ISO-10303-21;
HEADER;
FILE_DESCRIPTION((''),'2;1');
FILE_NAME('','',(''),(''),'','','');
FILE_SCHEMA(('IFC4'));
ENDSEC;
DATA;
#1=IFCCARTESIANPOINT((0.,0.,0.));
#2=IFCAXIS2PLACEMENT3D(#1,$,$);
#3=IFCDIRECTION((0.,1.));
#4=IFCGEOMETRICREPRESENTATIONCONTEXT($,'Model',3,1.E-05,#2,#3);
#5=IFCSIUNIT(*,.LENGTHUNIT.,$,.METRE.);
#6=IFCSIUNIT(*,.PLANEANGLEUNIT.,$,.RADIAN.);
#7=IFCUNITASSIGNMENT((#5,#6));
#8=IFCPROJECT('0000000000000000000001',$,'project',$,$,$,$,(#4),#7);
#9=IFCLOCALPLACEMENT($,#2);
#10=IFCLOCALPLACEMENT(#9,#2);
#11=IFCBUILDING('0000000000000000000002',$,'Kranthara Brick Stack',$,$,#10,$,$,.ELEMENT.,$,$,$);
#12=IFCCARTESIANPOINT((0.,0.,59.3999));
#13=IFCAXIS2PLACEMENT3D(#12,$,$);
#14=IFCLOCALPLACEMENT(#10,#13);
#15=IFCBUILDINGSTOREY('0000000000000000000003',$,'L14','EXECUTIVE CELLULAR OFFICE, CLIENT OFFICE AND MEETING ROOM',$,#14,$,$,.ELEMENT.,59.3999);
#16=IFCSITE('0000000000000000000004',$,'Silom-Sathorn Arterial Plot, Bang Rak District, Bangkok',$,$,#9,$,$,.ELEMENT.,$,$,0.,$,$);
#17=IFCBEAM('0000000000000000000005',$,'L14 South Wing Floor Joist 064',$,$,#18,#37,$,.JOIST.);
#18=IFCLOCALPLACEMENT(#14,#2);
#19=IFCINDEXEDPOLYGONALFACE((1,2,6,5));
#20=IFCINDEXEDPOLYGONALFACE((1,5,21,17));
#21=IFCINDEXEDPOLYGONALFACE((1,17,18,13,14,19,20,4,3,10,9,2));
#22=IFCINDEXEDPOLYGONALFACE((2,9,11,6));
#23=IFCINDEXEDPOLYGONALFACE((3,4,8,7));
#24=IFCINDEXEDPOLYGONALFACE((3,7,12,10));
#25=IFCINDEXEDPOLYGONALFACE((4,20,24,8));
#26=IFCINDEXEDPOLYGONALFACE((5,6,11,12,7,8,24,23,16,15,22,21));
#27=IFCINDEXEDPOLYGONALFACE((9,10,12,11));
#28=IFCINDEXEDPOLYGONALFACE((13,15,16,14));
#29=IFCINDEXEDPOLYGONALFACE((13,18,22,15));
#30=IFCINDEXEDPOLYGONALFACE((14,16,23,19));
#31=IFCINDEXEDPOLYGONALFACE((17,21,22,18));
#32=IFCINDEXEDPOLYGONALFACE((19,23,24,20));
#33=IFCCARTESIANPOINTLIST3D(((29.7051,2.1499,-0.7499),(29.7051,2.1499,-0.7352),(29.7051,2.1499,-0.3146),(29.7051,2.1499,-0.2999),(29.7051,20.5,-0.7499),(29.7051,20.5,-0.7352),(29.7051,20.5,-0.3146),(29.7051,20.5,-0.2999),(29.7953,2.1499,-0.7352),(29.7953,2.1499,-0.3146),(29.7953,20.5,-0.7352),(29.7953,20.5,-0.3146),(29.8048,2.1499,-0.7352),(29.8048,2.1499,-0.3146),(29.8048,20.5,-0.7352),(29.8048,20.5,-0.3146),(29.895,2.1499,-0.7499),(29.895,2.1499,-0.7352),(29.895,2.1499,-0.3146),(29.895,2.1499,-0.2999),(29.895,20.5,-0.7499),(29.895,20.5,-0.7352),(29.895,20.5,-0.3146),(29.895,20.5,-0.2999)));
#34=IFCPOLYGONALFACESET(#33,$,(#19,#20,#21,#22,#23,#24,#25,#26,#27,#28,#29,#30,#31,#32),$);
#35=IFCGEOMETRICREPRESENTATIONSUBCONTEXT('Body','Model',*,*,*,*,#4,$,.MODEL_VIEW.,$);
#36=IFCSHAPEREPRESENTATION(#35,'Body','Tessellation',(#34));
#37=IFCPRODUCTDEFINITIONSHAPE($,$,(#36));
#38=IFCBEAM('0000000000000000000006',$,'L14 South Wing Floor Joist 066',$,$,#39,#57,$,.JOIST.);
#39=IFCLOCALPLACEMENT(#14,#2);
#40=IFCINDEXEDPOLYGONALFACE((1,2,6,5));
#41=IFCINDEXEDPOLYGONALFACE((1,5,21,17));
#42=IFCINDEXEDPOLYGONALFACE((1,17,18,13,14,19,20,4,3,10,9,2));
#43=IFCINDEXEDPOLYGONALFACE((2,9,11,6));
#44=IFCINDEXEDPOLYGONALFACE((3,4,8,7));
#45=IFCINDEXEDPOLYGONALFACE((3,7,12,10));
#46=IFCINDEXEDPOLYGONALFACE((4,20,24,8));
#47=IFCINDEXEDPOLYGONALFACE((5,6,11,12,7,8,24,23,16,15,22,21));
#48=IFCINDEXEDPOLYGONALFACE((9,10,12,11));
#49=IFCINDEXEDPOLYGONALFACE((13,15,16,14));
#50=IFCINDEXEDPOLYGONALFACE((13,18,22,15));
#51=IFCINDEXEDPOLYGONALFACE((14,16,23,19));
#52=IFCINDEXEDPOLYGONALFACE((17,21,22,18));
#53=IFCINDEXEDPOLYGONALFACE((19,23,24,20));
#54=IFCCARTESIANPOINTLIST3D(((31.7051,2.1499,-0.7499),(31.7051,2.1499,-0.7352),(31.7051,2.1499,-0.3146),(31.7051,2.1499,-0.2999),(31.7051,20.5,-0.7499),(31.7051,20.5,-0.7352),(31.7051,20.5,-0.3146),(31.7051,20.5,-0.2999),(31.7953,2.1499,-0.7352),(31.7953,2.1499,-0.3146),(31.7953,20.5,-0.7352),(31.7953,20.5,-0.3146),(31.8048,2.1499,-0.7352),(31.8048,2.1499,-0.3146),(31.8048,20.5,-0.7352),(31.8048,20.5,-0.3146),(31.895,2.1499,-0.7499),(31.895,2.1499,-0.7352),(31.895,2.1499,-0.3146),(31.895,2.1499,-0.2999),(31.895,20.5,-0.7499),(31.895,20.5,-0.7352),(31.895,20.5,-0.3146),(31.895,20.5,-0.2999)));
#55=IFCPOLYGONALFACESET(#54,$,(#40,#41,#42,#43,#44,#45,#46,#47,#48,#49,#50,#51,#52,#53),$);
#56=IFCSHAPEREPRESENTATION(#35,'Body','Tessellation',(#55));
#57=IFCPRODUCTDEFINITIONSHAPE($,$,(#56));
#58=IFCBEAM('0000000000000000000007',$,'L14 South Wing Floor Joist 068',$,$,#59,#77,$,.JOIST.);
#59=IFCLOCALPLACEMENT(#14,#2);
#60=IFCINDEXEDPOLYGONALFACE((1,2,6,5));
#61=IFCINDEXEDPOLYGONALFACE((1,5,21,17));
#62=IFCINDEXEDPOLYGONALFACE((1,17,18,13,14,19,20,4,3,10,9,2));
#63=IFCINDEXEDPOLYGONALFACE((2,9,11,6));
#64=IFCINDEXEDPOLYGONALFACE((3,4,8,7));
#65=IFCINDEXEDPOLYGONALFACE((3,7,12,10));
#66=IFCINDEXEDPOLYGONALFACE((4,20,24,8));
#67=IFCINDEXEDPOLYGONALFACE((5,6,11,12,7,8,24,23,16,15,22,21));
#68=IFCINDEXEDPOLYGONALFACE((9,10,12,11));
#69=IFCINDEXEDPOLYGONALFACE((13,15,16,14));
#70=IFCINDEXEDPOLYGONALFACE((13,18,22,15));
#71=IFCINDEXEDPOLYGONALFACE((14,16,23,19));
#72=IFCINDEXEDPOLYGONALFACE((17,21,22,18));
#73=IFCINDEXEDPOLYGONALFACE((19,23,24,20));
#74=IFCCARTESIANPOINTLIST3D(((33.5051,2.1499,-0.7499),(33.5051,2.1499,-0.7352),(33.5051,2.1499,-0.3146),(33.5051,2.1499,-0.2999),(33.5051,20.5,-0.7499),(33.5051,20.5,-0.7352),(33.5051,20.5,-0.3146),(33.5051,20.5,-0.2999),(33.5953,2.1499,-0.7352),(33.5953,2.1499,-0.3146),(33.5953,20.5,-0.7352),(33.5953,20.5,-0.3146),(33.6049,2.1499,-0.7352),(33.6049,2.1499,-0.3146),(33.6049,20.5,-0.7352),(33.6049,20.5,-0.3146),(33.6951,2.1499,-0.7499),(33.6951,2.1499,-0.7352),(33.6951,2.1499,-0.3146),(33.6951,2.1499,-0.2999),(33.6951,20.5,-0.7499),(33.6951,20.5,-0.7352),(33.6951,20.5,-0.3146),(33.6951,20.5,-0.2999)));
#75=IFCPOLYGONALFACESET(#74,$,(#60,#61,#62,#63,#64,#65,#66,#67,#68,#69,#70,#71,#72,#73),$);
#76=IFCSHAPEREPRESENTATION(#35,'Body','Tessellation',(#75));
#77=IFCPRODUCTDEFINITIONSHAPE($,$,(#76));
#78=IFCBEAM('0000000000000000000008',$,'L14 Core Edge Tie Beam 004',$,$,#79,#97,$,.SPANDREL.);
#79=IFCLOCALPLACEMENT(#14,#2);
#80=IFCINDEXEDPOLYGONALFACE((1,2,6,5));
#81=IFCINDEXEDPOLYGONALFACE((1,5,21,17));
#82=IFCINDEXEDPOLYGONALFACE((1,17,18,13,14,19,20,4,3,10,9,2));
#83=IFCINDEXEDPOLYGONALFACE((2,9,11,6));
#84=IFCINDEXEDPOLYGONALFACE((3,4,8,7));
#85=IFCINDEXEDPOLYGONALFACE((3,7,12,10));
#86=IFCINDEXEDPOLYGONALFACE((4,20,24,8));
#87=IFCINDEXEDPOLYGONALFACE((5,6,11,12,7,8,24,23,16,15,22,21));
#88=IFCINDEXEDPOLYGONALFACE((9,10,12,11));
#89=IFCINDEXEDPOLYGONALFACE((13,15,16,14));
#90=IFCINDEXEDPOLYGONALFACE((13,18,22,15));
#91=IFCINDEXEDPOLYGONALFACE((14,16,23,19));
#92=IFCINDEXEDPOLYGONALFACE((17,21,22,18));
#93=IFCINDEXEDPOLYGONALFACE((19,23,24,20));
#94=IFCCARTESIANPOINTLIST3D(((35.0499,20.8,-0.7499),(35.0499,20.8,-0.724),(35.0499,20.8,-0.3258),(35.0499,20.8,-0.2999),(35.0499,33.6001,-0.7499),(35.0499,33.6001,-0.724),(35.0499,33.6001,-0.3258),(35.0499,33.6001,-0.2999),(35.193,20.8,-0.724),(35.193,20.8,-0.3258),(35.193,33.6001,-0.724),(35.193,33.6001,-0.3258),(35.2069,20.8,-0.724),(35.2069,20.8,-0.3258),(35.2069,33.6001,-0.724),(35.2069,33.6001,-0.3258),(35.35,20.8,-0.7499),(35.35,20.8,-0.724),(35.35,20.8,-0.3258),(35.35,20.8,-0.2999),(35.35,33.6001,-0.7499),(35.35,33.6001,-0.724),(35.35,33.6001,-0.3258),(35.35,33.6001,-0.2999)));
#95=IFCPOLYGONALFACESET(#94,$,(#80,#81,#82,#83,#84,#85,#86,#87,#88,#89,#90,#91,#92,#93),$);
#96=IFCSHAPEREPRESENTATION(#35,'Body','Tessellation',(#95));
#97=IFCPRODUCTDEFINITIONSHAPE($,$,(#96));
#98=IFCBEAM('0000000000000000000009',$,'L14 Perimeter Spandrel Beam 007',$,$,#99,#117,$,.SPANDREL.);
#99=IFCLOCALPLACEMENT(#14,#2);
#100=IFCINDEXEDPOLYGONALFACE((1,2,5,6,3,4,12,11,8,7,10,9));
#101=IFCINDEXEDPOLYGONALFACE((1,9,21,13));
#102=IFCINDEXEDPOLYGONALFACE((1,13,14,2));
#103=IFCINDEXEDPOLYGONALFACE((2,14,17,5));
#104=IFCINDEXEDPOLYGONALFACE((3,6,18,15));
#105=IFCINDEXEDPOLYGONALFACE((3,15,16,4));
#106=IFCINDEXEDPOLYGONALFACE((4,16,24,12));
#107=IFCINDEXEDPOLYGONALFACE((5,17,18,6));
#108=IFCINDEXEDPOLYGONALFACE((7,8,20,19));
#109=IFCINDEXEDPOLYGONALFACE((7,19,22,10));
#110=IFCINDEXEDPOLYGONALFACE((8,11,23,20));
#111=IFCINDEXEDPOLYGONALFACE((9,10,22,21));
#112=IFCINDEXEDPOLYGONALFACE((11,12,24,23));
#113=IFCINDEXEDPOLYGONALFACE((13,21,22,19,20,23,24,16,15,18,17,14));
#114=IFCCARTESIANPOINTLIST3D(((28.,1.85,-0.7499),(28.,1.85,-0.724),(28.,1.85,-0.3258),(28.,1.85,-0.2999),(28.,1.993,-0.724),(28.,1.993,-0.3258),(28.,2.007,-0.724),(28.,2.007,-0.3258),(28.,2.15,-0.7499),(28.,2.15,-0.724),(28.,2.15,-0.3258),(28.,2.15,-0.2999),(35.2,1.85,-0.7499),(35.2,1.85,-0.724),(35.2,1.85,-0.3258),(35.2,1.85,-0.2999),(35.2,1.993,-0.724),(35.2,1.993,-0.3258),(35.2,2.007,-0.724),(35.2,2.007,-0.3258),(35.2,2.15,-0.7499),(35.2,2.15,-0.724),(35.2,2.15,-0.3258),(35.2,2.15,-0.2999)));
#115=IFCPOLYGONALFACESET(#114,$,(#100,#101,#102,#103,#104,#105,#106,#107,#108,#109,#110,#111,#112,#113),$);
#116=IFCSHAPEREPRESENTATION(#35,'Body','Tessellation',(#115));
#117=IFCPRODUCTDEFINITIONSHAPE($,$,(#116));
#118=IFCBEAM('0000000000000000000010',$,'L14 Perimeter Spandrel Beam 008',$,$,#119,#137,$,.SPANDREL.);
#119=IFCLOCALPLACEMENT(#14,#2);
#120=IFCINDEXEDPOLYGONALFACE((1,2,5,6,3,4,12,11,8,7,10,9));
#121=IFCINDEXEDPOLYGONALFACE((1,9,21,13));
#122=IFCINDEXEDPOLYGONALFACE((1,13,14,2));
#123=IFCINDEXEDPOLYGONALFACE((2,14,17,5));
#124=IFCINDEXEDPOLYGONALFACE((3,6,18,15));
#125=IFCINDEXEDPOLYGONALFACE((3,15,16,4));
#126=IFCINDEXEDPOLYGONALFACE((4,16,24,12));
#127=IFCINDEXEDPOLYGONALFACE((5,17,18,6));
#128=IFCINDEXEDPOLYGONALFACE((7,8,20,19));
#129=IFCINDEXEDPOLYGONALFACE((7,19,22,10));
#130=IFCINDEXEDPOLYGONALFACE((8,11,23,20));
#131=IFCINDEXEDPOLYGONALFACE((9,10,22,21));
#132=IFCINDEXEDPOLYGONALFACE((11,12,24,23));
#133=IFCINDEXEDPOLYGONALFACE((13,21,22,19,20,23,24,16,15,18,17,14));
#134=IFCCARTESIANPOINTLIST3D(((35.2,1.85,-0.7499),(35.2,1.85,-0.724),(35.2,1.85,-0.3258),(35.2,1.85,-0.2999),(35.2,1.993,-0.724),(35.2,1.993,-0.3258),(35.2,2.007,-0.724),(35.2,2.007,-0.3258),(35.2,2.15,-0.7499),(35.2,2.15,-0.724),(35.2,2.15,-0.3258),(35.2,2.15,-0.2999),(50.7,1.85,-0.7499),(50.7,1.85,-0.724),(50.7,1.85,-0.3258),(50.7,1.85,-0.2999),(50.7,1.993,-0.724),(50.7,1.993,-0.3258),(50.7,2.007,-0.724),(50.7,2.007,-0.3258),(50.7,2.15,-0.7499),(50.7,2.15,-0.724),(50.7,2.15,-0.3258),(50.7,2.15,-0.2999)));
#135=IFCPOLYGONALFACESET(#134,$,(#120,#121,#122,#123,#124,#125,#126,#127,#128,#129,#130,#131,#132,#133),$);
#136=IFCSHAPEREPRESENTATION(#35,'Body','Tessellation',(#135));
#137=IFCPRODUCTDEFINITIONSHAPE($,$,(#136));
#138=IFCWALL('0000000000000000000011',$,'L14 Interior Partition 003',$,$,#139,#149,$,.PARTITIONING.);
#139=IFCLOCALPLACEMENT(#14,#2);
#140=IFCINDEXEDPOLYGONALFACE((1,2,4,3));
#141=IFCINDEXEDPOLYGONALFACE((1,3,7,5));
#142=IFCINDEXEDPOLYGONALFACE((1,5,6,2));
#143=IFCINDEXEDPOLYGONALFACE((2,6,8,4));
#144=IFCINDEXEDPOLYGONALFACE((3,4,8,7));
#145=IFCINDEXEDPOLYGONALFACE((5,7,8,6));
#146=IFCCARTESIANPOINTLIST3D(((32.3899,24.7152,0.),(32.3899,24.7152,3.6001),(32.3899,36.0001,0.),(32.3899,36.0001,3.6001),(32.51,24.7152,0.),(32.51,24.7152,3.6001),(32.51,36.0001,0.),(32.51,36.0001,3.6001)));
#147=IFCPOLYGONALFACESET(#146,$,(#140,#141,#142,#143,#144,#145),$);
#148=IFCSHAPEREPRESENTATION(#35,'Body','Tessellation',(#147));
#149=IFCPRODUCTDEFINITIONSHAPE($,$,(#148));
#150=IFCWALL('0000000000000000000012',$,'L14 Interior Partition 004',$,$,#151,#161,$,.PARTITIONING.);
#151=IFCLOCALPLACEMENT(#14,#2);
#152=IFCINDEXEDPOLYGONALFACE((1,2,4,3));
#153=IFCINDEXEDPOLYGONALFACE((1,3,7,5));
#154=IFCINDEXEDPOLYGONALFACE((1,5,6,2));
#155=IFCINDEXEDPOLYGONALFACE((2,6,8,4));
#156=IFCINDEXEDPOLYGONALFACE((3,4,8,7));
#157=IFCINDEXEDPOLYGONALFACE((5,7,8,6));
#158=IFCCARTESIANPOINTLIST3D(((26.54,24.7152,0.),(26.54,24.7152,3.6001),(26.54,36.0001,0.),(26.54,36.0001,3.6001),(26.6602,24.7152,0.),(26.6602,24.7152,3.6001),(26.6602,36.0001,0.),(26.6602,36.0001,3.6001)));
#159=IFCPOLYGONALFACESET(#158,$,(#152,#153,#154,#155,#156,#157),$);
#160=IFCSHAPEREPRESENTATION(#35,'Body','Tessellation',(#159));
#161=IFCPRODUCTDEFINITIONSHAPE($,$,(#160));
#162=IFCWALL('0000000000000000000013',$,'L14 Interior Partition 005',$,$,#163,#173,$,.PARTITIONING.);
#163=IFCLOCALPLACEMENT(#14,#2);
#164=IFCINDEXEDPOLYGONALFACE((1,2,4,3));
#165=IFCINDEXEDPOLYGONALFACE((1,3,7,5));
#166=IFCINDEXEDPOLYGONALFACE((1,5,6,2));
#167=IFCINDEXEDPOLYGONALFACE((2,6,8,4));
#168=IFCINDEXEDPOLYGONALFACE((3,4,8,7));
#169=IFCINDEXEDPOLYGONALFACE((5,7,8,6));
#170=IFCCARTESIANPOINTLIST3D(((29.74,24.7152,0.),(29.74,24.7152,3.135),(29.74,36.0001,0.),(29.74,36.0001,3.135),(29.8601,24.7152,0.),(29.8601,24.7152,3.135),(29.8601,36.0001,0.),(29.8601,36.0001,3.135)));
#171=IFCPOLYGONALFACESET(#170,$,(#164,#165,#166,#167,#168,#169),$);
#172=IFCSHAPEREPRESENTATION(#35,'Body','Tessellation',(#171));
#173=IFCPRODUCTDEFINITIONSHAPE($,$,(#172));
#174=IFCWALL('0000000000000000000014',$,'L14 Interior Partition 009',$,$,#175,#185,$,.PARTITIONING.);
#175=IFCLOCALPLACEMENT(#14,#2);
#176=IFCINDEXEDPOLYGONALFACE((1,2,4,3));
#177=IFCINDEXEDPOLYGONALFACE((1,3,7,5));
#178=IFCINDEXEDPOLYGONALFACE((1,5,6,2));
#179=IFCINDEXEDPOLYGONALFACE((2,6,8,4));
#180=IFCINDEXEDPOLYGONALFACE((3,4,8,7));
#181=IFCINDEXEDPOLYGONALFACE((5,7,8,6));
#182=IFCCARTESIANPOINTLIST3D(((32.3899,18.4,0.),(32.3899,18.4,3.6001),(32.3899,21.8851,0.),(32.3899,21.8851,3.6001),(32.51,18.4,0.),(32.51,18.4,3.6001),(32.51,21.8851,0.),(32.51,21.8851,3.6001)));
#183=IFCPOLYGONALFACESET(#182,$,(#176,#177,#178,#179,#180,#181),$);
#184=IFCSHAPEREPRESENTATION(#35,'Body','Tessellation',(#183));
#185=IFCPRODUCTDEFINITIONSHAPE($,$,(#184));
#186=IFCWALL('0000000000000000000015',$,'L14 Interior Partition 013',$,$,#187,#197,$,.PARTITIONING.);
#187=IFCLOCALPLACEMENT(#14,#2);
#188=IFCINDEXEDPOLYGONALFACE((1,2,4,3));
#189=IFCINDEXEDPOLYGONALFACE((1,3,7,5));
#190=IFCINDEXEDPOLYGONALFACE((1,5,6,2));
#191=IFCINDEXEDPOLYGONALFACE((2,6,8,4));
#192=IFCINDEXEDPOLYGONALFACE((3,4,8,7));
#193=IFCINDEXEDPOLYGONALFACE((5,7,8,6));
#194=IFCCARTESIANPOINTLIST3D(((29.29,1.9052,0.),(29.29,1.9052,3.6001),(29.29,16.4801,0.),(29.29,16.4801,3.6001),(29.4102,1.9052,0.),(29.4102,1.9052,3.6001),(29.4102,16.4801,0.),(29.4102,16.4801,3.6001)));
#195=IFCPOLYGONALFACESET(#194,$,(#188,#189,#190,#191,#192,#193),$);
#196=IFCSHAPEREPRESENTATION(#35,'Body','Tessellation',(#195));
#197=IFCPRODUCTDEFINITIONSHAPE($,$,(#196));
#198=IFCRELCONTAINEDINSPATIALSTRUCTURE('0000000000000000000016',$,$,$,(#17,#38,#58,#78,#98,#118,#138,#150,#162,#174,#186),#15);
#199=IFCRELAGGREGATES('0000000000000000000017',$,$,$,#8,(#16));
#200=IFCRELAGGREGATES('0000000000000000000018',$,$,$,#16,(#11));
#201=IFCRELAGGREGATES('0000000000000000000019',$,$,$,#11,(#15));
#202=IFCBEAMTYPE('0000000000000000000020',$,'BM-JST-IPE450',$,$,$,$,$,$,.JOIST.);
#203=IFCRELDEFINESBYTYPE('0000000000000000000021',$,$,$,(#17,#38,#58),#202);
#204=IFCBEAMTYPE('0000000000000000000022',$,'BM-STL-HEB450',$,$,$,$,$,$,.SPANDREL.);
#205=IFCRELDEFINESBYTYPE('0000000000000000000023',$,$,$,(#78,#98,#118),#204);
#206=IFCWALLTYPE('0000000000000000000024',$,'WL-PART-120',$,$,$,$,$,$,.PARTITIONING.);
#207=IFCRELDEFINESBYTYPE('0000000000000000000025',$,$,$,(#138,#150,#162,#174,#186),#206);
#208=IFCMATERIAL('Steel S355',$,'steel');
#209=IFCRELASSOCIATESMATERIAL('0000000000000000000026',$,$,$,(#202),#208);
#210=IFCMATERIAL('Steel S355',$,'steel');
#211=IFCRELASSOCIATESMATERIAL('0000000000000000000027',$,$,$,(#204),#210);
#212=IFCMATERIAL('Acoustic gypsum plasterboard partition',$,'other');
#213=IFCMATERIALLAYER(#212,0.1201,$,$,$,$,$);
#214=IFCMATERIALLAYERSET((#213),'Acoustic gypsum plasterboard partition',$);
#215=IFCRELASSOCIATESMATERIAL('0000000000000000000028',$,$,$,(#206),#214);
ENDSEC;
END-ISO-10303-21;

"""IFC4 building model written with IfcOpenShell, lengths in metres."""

from ifc_helpers import new_model, si_unit, direction, frame, frame_2d, origin, origin_2d, place, context, subcontext, project, spatial, rectangle, i_section, extrude, material, layer, layer_set, material_profile, profile_set, type_object, element, save


model = new_model("IFC4")

# Units and contexts
model_context = context("Model", 3, precision=1e-05, world=origin(), true_north=direction((0.0, 1.0)))
body_context = subcontext(model_context, "Body", "Model", "MODEL_VIEW")
ifc_project = project(units=[si_unit("LENGTHUNIT", "METRE"), si_unit("PLANEANGLEUNIT", "RADIAN")], contexts=[model_context])

# Site, building, storey
site_placement = place(None, origin())
site = spatial("IfcSite", under=ifc_project, at=site_placement, Name="Silom-Sathorn Arterial Plot, Bang Rak District, Bangkok", CompositionType="ELEMENT", RefElevation=0.0)
building_placement = place(site_placement, origin())
building = spatial("IfcBuilding", under=site, at=building_placement, Name="Kranthara Brick Stack", CompositionType="ELEMENT")
storey_placement = place(building_placement, frame((0.0, 0.0, 59.3999)))
storey = spatial("IfcBuildingStorey", under=building, at=storey_placement, Name="L14", Description="EXECUTIVE CELLULAR OFFICE, CLIENT OFFICE AND MEETING ROOM", CompositionType="ELEMENT", Elevation=59.3999)

# Beams
ifc_material_1 = material(Name="Steel S355", Category="steel")
ifc_material_profile_1 = material_profile(ifc_material_1, i_section(OverallWidth=0.1899, OverallDepth=0.45, WebThickness=0.0095, FlangeThickness=0.0146, at=origin_2d()), Name="IPE 450")
ifc_profile_set_1 = profile_set([ifc_material_profile_1], Name="Steel S355")
beam_type_1 = type_object("IfcBeamType", Name="BM-JST-IPE450", PredefinedType="JOIST", material=ifc_profile_set_1)
for number, where, z_axis, x_axis, name in (
    (1, (29.8, 2.1499, -0.5249), (0.0, 1.0, 0.0), (-1.0, 0.0, 0.0), "L14 South Wing Floor Joist 064"),
    (2, (31.8, 2.1499, -0.5249), (0.0, 1.0, 0.0), (-1.0, 0.0, 0.0), "L14 South Wing Floor Joist 066"),
    (3, (33.6001, 2.1499, -0.5249), (0.0, 1.0, 0.0), (-1.0, 0.0, 0.0), "L14 South Wing Floor Joist 068"),
):
    element("IfcBeam", number, at=place(storey_placement, frame(where, z_axis=z_axis, x_axis=x_axis)), inside=storey, type_object=beam_type_1, Name=name, PredefinedType="JOIST", context=body_context, shape_type="SweptSolid", body=[
        extrude(i_section(OverallWidth=0.1899, OverallDepth=0.45, WebThickness=0.0095, FlangeThickness=0.0146, at=origin_2d()), origin(), (0.0, 0.0, 1.0), 18.3501),
    ])
ifc_material_2 = material(Name="Steel S355", Category="steel")
ifc_material_profile_2 = material_profile(ifc_material_2, i_section(OverallWidth=0.3, OverallDepth=0.45, WebThickness=0.0139, FlangeThickness=0.0259, at=origin_2d()), Name="HEB 450")
ifc_profile_set_2 = profile_set([ifc_material_profile_2], Name="Steel S355")
beam_type_2 = type_object("IfcBeamType", Name="BM-STL-HEB450", PredefinedType="SPANDREL", material=ifc_profile_set_2)
beam_1_placement = place(storey_placement, frame((35.2, 20.8, -0.5249), z_axis=(0.0, 1.0, 0.0), x_axis=(-1.0, 0.0, 0.0)))
element("IfcBeam", 4, at=beam_1_placement, inside=storey, type_object=beam_type_2, Name="L14 Core Edge Tie Beam 004", PredefinedType="SPANDREL", context=body_context, shape_type="SweptSolid", body=[
    extrude(i_section(OverallWidth=0.3, OverallDepth=0.45, WebThickness=0.0139, FlangeThickness=0.0259, at=origin_2d()), origin(), (0.0, 0.0, 1.0), 12.8),
])
beam_2_placement = place(storey_placement, frame((28.0, 2.0, -0.5249), z_axis=(1.0, 0.0, 0.0), x_axis=(0.0, 1.0, 0.0)))
element("IfcBeam", 5, at=beam_2_placement, inside=storey, type_object=beam_type_2, Name="L14 Perimeter Spandrel Beam 007", PredefinedType="SPANDREL", context=body_context, shape_type="SweptSolid", body=[
    extrude(i_section(OverallWidth=0.3, OverallDepth=0.45, WebThickness=0.0139, FlangeThickness=0.0259, at=origin_2d()), origin(), (0.0, 0.0, 1.0), 7.2),
])
beam_3_placement = place(storey_placement, frame((35.2, 2.0, -0.5249), z_axis=(1.0, 0.0, 0.0), x_axis=(0.0, 1.0, 0.0)))
element("IfcBeam", 6, at=beam_3_placement, inside=storey, type_object=beam_type_2, Name="L14 Perimeter Spandrel Beam 008", PredefinedType="SPANDREL", context=body_context, shape_type="SweptSolid", body=[
    extrude(i_section(OverallWidth=0.3, OverallDepth=0.45, WebThickness=0.0139, FlangeThickness=0.0259, at=origin_2d()), origin(), (0.0, 0.0, 1.0), 15.5),
])

# Walls
ifc_material_3 = material(Name="Acoustic gypsum plasterboard partition", Category="other")
ifc_layer_1 = layer(ifc_material_3, 0.1201)
ifc_layer_set_1 = layer_set([ifc_layer_1], Name="Acoustic gypsum plasterboard partition")
wall_type_1 = type_object("IfcWallType", Name="WL-PART-120", PredefinedType="PARTITIONING", material=ifc_layer_set_1)
for number, where, z_axis, x_axis, name in (
    (7, (32.45, 24.7151, 0.0), (0.0, 0.0, 1.0), (0.0, 1.0, 0.0), "L14 Interior Partition 003"),
    (8, (26.6001, 24.7151, 0.0), (0.0, 0.0, 1.0), (0.0, 1.0, 0.0), "L14 Interior Partition 004"),
):
    element("IfcWall", number, at=place(storey_placement, frame(where, z_axis=z_axis, x_axis=x_axis)), inside=storey, type_object=wall_type_1, Name=name, PredefinedType="PARTITIONING", context=body_context, shape_type="SweptSolid", body=[
        extrude(rectangle(XDim=11.2849, YDim=0.1201, at=frame_2d((5.6426, 0.0))), origin(), (0.0, 0.0, 1.0), 3.6001),
    ])
wall_1_placement = place(storey_placement, frame((29.8, 24.7151, 0.0), z_axis=(0.0, 0.0, 1.0), x_axis=(0.0, 1.0, 0.0)))
element("IfcWall", 9, at=wall_1_placement, inside=storey, type_object=wall_type_1, Name="L14 Interior Partition 005", PredefinedType="PARTITIONING", context=body_context, shape_type="SweptSolid", body=[
    extrude(rectangle(XDim=11.2849, YDim=0.1201, at=frame_2d((5.6426, 0.0))), origin(), (0.0, 0.0, 1.0), 3.135),
])
wall_2_placement = place(storey_placement, frame((32.45, 18.3999, 0.0), z_axis=(0.0, 0.0, 1.0), x_axis=(0.0, 1.0, 0.0)))
element("IfcWall", 10, at=wall_2_placement, inside=storey, type_object=wall_type_1, Name="L14 Interior Partition 009", PredefinedType="PARTITIONING", context=body_context, shape_type="SweptSolid", body=[
    extrude(rectangle(XDim=3.4851, YDim=0.1201, at=frame_2d((1.7427, 0.0))), origin(), (0.0, 0.0, 1.0), 3.6001),
])
wall_3_placement = place(storey_placement, frame((29.3501, 1.905, 0.0), z_axis=(0.0, 0.0, 1.0), x_axis=(0.0, 1.0, 0.0)))
element("IfcWall", 11, at=wall_3_placement, inside=storey, type_object=wall_type_1, Name="L14 Interior Partition 013", PredefinedType="PARTITIONING", context=body_context, shape_type="SweptSolid", body=[
    extrude(rectangle(XDim=14.575, YDim=0.1201, at=frame_2d((7.2876, 0.0))), origin(), (0.0, 0.0, 1.0), 3.6001),
])

save(model, "model.ifc")
